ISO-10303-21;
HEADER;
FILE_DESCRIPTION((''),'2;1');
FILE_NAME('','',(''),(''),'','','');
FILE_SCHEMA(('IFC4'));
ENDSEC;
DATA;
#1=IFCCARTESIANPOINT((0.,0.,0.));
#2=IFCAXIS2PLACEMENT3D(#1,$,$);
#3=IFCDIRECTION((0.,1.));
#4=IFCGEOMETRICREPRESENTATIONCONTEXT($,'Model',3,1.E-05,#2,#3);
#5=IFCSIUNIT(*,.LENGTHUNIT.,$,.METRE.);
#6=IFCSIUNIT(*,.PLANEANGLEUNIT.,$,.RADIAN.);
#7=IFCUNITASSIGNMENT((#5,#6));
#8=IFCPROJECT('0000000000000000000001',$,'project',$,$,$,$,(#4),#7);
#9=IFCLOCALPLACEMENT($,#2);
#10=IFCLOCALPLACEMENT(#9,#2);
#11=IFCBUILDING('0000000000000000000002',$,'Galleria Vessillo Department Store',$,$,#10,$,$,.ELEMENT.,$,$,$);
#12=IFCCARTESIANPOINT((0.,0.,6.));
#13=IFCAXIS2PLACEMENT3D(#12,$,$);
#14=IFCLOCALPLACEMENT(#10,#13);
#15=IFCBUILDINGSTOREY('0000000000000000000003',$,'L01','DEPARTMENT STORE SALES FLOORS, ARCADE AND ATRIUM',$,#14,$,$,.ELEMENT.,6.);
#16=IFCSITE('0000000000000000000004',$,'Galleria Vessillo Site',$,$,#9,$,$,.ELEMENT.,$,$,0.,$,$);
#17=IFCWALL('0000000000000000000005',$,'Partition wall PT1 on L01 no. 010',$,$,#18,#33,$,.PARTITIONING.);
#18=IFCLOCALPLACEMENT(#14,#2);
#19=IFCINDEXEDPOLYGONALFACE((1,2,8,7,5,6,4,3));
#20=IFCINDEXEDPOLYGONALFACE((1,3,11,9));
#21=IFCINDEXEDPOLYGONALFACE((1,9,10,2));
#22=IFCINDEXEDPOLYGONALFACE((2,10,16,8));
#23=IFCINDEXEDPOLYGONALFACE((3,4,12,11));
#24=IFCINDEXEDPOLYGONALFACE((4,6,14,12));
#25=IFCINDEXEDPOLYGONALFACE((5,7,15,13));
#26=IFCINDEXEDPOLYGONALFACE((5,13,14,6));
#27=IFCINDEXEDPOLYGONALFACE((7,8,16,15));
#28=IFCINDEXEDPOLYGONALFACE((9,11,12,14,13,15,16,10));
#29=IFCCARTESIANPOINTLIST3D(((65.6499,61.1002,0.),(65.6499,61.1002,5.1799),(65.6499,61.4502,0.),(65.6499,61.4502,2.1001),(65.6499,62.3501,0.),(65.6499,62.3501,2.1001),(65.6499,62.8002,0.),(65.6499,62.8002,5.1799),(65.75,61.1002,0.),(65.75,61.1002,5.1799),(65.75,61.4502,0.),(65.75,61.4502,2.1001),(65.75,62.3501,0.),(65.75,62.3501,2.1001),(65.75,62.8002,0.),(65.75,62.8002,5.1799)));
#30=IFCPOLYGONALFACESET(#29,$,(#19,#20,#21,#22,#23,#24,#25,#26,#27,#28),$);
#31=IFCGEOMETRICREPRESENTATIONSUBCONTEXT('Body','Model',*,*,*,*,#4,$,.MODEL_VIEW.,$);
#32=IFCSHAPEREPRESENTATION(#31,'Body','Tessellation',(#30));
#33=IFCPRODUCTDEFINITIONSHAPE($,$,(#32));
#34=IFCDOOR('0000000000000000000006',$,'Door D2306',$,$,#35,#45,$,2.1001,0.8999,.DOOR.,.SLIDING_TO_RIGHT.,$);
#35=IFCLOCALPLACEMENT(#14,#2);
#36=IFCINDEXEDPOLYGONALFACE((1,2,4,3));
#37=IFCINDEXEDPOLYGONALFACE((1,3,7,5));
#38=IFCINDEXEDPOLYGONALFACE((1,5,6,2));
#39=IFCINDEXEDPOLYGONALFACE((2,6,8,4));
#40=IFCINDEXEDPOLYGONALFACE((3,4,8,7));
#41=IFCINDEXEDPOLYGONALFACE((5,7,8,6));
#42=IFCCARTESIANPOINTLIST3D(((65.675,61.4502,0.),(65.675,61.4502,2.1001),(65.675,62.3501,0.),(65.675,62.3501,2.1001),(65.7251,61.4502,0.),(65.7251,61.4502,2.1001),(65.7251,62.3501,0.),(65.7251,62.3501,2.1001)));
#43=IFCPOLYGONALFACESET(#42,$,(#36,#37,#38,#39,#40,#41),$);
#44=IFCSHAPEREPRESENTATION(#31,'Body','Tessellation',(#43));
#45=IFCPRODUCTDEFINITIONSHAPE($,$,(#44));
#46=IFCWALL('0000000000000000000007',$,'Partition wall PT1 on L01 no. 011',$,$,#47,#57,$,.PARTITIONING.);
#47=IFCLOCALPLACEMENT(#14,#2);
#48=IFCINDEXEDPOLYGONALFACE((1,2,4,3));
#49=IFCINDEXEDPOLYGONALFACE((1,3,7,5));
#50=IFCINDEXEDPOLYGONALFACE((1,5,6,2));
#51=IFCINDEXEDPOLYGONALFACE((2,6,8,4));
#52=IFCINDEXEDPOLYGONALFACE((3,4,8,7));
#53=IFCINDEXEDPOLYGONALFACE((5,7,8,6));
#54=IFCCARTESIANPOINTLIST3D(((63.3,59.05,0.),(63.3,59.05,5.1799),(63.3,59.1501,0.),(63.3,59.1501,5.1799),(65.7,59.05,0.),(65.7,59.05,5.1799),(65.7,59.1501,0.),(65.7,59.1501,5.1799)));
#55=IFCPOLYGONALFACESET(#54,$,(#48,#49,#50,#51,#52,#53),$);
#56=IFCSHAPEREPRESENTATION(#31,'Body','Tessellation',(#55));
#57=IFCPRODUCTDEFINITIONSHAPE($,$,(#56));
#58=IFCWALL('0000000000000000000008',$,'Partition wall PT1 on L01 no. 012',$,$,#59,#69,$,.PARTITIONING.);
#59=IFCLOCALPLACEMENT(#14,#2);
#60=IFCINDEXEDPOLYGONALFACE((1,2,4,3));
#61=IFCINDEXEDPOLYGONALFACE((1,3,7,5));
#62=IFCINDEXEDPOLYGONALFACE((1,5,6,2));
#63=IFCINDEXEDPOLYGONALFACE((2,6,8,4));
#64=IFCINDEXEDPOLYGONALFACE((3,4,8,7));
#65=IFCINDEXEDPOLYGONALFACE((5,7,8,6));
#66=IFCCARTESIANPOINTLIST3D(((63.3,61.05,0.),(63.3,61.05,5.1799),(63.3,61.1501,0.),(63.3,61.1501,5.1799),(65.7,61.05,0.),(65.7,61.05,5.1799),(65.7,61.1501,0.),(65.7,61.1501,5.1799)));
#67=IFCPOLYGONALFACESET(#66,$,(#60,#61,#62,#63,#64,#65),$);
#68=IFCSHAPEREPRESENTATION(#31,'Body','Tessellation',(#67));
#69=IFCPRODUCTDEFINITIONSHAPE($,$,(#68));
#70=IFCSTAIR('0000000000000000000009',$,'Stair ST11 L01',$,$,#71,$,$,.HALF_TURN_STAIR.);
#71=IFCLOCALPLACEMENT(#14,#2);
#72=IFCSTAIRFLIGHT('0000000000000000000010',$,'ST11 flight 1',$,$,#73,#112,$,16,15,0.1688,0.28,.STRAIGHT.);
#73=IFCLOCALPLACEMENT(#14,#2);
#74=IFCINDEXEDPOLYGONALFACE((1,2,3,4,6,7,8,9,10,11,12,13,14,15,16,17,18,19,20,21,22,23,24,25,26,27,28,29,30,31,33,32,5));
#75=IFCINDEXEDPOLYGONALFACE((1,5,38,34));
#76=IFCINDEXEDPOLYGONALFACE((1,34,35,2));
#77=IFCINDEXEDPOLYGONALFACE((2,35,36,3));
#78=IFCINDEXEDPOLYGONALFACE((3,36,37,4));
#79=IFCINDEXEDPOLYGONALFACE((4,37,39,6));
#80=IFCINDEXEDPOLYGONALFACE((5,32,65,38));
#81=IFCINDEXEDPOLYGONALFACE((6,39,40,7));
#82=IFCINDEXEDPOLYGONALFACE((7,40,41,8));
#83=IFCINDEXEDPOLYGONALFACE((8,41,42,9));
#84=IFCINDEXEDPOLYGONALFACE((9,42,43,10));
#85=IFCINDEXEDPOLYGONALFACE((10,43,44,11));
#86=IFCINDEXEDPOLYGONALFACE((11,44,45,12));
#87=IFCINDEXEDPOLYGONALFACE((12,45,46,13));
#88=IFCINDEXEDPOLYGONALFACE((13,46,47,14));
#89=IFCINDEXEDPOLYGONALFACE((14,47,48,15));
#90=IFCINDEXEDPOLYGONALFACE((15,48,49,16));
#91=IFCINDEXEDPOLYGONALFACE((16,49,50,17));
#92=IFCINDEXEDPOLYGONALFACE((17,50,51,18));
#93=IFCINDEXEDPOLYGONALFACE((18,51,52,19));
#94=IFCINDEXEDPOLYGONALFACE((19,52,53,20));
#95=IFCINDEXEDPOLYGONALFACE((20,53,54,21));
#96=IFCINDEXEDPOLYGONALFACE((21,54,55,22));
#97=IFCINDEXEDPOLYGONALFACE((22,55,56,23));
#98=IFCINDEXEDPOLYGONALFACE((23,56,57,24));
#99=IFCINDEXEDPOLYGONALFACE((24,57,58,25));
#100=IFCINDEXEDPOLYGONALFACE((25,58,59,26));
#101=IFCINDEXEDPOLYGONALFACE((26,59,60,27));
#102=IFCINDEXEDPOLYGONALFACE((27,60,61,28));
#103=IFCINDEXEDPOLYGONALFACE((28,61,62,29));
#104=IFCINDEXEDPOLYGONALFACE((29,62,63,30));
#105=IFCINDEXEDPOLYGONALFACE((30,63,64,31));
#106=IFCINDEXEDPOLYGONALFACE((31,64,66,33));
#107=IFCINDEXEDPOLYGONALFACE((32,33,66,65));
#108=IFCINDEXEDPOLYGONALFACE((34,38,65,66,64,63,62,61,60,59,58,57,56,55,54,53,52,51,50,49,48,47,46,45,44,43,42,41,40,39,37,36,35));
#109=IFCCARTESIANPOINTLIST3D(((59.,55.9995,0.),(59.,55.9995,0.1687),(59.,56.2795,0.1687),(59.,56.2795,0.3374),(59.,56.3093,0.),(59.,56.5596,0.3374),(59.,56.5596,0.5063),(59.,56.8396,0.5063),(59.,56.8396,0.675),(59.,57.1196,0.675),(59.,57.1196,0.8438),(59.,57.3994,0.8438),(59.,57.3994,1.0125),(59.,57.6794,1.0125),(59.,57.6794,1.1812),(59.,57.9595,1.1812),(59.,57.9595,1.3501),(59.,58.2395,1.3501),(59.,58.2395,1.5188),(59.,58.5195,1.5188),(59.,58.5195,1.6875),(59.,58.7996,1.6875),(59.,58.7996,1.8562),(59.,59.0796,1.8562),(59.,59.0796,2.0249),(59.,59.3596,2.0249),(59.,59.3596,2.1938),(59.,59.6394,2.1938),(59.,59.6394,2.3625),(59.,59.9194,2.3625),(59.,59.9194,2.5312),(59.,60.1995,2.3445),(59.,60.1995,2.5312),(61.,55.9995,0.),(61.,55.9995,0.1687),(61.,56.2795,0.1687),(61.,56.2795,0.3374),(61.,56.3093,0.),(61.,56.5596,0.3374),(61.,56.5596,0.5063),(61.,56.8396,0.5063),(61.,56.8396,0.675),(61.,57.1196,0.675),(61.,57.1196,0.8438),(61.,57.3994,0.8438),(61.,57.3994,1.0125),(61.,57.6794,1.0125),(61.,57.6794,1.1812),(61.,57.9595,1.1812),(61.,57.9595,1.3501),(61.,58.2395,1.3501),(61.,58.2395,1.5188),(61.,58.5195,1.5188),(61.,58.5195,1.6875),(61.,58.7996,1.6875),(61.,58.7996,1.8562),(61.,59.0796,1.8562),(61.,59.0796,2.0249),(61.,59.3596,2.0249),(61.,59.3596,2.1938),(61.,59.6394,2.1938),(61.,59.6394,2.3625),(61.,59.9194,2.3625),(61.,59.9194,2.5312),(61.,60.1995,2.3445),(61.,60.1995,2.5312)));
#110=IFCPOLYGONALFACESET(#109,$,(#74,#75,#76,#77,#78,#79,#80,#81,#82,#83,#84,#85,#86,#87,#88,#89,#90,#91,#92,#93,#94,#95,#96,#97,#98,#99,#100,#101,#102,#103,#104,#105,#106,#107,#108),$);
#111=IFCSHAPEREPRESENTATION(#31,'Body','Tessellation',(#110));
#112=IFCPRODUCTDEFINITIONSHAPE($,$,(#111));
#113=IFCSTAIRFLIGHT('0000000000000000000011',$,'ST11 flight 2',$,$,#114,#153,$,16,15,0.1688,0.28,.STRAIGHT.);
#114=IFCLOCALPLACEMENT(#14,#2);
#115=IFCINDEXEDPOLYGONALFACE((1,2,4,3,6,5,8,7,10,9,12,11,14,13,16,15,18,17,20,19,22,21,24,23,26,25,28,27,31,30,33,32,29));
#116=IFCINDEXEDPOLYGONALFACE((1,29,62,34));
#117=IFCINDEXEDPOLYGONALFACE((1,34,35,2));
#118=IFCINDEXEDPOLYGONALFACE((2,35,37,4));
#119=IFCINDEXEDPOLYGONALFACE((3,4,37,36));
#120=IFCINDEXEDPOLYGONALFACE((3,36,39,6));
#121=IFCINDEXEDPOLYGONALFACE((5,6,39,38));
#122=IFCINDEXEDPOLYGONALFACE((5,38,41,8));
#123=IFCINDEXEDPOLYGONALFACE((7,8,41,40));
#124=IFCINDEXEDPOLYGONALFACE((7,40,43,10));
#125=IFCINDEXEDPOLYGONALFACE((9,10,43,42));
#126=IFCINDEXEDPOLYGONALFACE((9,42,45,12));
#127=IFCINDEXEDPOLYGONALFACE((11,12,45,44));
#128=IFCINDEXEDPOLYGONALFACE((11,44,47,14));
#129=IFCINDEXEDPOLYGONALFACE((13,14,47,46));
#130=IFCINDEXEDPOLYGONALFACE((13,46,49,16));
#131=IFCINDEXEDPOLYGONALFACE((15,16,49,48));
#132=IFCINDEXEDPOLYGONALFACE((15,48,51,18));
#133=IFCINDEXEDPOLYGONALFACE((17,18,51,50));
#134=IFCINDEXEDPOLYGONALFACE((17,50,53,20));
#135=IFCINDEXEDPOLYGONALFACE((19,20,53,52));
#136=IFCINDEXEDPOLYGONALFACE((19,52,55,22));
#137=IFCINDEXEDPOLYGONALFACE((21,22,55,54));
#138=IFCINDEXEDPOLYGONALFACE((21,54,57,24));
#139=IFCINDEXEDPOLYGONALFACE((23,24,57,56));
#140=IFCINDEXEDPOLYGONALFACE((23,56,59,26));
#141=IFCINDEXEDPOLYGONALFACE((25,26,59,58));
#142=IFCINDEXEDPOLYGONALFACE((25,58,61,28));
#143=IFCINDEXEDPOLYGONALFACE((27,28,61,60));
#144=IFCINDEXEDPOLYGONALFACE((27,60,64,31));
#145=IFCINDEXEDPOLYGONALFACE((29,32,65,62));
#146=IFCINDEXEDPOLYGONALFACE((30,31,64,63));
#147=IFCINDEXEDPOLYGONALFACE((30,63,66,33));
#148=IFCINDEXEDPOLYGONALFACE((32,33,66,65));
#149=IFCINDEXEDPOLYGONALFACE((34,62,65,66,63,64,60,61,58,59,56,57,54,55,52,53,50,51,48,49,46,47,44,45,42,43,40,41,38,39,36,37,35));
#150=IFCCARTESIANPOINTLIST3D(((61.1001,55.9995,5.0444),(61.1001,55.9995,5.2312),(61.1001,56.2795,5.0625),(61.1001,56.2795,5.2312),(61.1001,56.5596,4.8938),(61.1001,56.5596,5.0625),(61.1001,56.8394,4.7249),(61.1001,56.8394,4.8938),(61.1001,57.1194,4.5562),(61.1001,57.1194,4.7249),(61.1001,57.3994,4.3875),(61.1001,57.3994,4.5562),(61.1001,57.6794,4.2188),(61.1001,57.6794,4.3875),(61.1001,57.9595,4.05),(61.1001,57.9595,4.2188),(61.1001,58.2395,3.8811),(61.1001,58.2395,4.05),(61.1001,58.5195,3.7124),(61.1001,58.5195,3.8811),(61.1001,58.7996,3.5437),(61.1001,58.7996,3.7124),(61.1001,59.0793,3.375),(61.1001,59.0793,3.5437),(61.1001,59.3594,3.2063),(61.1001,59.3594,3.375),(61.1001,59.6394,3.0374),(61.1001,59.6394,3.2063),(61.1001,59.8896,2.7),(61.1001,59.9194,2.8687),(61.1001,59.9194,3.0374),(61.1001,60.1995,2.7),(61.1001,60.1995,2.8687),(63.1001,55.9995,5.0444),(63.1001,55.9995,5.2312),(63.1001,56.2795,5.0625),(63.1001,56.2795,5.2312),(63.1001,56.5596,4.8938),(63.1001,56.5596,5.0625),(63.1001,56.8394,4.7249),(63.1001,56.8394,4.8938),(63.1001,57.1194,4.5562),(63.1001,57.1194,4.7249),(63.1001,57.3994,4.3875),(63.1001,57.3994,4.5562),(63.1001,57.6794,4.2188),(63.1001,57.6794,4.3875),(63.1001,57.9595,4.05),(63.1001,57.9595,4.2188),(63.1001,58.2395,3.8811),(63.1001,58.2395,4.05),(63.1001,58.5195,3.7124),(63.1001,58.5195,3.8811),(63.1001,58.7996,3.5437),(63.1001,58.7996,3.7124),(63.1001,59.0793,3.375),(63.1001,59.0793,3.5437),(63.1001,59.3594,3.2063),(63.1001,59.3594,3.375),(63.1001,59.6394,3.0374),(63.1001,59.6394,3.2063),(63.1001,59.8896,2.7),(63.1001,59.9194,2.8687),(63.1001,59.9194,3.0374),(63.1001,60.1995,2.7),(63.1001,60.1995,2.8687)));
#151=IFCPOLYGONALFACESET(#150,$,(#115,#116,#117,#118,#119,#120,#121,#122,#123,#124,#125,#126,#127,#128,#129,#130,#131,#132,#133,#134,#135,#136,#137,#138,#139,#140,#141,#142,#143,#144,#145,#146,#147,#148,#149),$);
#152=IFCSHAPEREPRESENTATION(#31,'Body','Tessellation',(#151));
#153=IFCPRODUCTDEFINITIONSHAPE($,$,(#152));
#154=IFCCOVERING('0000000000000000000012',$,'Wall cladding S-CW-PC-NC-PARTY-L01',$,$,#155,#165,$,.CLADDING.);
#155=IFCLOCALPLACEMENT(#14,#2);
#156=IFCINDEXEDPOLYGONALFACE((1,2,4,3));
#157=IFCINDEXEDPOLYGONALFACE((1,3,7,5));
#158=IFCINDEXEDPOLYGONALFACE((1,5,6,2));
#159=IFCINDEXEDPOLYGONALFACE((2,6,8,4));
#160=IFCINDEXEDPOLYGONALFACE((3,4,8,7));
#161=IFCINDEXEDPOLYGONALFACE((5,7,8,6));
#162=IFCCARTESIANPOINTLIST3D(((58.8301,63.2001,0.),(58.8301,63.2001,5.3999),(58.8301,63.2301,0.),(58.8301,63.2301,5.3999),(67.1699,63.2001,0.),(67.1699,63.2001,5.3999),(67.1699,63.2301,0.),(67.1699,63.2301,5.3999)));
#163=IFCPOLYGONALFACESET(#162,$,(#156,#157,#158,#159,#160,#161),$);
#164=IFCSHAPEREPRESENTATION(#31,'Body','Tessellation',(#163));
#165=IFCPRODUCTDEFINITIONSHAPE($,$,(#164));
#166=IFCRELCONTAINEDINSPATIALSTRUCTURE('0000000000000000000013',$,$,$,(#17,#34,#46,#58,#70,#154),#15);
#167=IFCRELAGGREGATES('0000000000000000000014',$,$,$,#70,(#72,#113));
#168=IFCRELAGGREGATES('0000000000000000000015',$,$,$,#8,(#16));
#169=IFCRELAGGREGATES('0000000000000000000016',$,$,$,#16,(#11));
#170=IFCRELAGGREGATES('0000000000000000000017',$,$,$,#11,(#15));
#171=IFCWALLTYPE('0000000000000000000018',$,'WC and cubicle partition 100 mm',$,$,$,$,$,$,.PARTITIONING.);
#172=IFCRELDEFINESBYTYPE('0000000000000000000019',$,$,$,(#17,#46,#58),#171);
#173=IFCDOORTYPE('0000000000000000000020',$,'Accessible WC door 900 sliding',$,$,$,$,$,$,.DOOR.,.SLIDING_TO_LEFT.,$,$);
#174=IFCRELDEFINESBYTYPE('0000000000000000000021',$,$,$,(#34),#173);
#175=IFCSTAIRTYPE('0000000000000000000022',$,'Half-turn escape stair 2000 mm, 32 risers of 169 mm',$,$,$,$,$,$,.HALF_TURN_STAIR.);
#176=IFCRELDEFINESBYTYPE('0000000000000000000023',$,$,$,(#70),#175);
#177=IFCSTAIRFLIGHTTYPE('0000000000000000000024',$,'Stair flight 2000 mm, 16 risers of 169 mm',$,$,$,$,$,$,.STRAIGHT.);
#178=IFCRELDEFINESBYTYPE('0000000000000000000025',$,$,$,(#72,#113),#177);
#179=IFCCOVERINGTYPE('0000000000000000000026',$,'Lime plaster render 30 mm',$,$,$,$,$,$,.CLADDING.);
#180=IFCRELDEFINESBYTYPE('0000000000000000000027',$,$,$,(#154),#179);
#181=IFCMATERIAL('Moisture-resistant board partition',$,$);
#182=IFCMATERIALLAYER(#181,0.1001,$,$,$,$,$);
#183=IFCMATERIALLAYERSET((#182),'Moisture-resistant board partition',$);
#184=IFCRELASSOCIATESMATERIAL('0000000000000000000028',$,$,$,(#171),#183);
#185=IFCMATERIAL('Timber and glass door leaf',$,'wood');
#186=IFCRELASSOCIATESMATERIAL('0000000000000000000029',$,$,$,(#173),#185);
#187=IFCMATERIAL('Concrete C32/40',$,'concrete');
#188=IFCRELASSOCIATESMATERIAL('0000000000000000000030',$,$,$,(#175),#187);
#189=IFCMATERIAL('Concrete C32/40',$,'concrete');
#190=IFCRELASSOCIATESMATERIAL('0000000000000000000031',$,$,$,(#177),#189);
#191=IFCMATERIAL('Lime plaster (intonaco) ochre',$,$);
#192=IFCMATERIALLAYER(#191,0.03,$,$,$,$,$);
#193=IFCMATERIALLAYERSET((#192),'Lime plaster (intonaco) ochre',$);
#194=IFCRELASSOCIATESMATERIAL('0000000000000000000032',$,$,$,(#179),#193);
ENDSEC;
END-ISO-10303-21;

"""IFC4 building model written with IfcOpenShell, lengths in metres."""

from ifc_helpers import new_model, si_unit, direction, frame, frame_2d, origin, origin_2d, place, context, subcontext, project, spatial, polyline, rectangle, outline, extrude, material, layer, layer_set, type_object, element, fill, aggregate, save


model = new_model("IFC4")

# Units and contexts
model_context = context("Model", 3, precision=1e-05, world=origin(), true_north=direction((0.0, 1.0)))
body_context = subcontext(model_context, "Body", "Model", "MODEL_VIEW")
ifc_project = project(units=[si_unit("LENGTHUNIT", "METRE"), si_unit("PLANEANGLEUNIT", "RADIAN")], contexts=[model_context])

# Site, building, storey
site_placement = place(None, origin())
site = spatial("IfcSite", under=ifc_project, at=site_placement, Name="Galleria Vessillo Site", CompositionType="ELEMENT", RefElevation=0.0)
building_placement = place(site_placement, origin())
building = spatial("IfcBuilding", under=site, at=building_placement, Name="Galleria Vessillo Department Store", CompositionType="ELEMENT")
storey_placement = place(building_placement, frame((0.0, 0.0, 6.0)))
storey = spatial("IfcBuildingStorey", under=building, at=storey_placement, Name="L01", Description="DEPARTMENT STORE SALES FLOORS, ARCADE AND ATRIUM", CompositionType="ELEMENT", Elevation=6.0)

# Shared definitions
ifc_material_1 = material(Name="Moisture-resistant board partition")
ifc_layer_1 = layer(ifc_material_1, 0.1001)
ifc_layer_set_1 = layer_set([ifc_layer_1], Name="Moisture-resistant board partition")
wall_type_1 = type_object("IfcWallType", Name="WC and cubicle partition 100 mm", PredefinedType="PARTITIONING", material=ifc_layer_set_1)

# Wall, opening, door
wall_1_placement = place(storey_placement, frame((65.7, 61.1001, 0.0), z_axis=(0.0, 0.0, 1.0), x_axis=(0.0, 1.0, 0.0)))
wall_1 = element("IfcWall", 1, at=wall_1_placement, inside=storey, type_object=wall_type_1, Name="Partition wall PT1 on L01 no. 010", PredefinedType="PARTITIONING", context=body_context, shape_type="SweptSolid", body=[
    extrude(rectangle(XDim=1.7, YDim=0.1001, at=frame_2d((0.8501, 0.0))), origin(), (0.0, 0.0, 1.0), 5.1799),
])
opening_1_placement = place(wall_1_placement, frame((0.3501, 0.0, 0.0)))
opening_1 = element("IfcOpeningElement", 2, at=opening_1_placement, cuts=wall_1, PredefinedType="OPENING", context=body_context, shape_type="SweptSolid", body=[
    extrude(rectangle(XDim=0.8999, YDim=2.1001, at=frame_2d((0.45, 1.05))), frame((0.0, 0.0601, 0.0), z_axis=(0.0, -1.0, 0.0), x_axis=(1.0, 0.0, 0.0)), (0.0, 0.0, 1.0), 0.1201),
])
ifc_material_2 = material(Name="Timber and glass door leaf", Category="wood")
door_type_1 = type_object("IfcDoorType", Name="Accessible WC door 900 sliding", OperationType="SLIDING_TO_LEFT", PredefinedType="DOOR", material=ifc_material_2)
door_1_placement = place(opening_1_placement, origin())
door_1 = element("IfcDoor", 3, at=door_1_placement, inside=storey, type_object=door_type_1, Name="Door D2306", OperationType="SLIDING_TO_RIGHT", OverallHeight=2.1001, OverallWidth=0.8999, PredefinedType="DOOR", context=body_context, shape_type="SweptSolid", body=[
    extrude(rectangle(XDim=0.8999, YDim=2.1001, at=frame_2d((0.45, 1.05))), frame((0.0, 0.0249, 0.0), z_axis=(0.0, -1.0, 0.0), x_axis=(1.0, 0.0, 0.0)), (0.0, 0.0, 1.0), 0.05),
])
fill(opening_1, door_1)

# Walls
for number, where, z_axis, x_axis, name in (
    (4, (63.3, 59.1001, 0.0), (0.0, 0.0, 1.0), (1.0, 0.0, 0.0), "Partition wall PT1 on L01 no. 011"),
    (5, (63.3, 61.1001, 0.0), (0.0, 0.0, 1.0), (1.0, 0.0, 0.0), "Partition wall PT1 on L01 no. 012"),
):
    element("IfcWall", number, at=place(storey_placement, frame(where, z_axis=z_axis, x_axis=x_axis)), inside=storey, type_object=wall_type_1, Name=name, PredefinedType="PARTITIONING", context=body_context, shape_type="SweptSolid", body=[
        extrude(rectangle(XDim=2.3999, YDim=0.1001, at=frame_2d((1.2, 0.0))), origin(), (0.0, 0.0, 1.0), 5.1799),
    ])

# Stair, stair flights
ifc_material_3 = material(Name="Concrete C32/40", Category="concrete")
stair_type = type_object("IfcStairType", Name="Half-turn escape stair 2000 mm, 32 risers of 169 mm", PredefinedType="HALF_TURN_STAIR", material=ifc_material_3)
stair_placement = place(storey_placement, origin())
stair = element("IfcStair", 6, at=stair_placement, inside=storey, type_object=stair_type, Name="Stair ST11 L01", PredefinedType="HALF_TURN_STAIR")
ifc_material_4 = material(Name="Concrete C32/40", Category="concrete")
stair_flight_type = type_object("IfcStairFlightType", Name="Stair flight 2000 mm, 16 risers of 169 mm", PredefinedType="STRAIGHT", material=ifc_material_4)
stair_flight_1_placement = place(storey_placement, frame((60.0, 55.9995, 0.0), z_axis=(0.0, 0.0, 1.0), x_axis=(0.0, 1.0, 0.0)))
stair_flight_1 = element("IfcStairFlight", 7, at=stair_flight_1_placement, type_object=stair_flight_type, Name="ST11 flight 1", NumberOfRisers=16, NumberOfTreads=15, PredefinedType="STRAIGHT", RiserHeight=0.1688, TreadLength=0.28, context=body_context, shape_type="SweptSolid", body=[
    extrude(outline(polyline([(0.0, 0.0), (0.0, 0.1687), (0.28, 0.1687), (0.28, 0.3374), (0.5601, 0.3374), (0.5601, 0.5063), (0.8401, 0.5063), (0.8401, 0.675), (1.1201, 0.675), (1.1201, 0.8438), (1.3999, 0.8438), (1.3999, 1.0125), (1.6799, 1.0125), (1.6799, 1.1812), (1.96, 1.1812), (1.96, 1.3501), (2.24, 1.3501), (2.24, 1.5188), (2.52, 1.5188), (2.52, 1.6875), (2.8, 1.6875), (2.8, 1.8562), (3.0801, 1.8562), (3.0801, 2.0249), (3.3601, 2.0249), (3.3601, 2.1938), (3.6399, 2.1938), (3.6399, 2.3625), (3.9199, 2.3625), (3.9199, 2.5312), (4.2, 2.5312), (4.2, 2.7), (4.2, 2.3445), (0.3098, 0.0), (0.0, 0.0)])), frame((0.0, 1.0, 0.0), z_axis=(0.0, -1.0, 0.0), x_axis=(1.0, 0.0, 0.0)), (0.0, 0.0, 1.0), 2.0),
])
stair_flight_2_placement = place(storey_placement, frame((62.1001, 60.1995, 2.7), z_axis=(0.0, 0.0, 1.0), x_axis=(0.0, -1.0, 0.0)))
stair_flight_2 = element("IfcStairFlight", 8, at=stair_flight_2_placement, type_object=stair_flight_type, Name="ST11 flight 2", NumberOfRisers=16, NumberOfTreads=15, PredefinedType="STRAIGHT", RiserHeight=0.1688, TreadLength=0.28, context=body_context, shape_type="SweptSolid", body=[
    extrude(outline(polyline([(0.0, 0.0), (0.0, 0.1687), (0.28, 0.1687), (0.28, 0.3374), (0.5601, 0.3374), (0.5601, 0.5063), (0.8401, 0.5063), (0.8401, 0.675), (1.1201, 0.675), (1.1201, 0.8438), (1.3999, 0.8438), (1.3999, 1.0125), (1.6799, 1.0125), (1.6799, 1.1812), (1.96, 1.1812), (1.96, 1.3501), (2.24, 1.3501), (2.24, 1.5188), (2.52, 1.5188), (2.52, 1.6875), (2.8, 1.6875), (2.8, 1.8562), (3.0801, 1.8562), (3.0801, 2.0249), (3.3601, 2.0249), (3.3601, 2.1938), (3.6399, 2.1938), (3.6399, 2.3625), (3.9199, 2.3625), (3.9199, 2.5312), (4.2, 2.5312), (4.2, 2.7), (4.2, 2.3445), (0.3098, 0.0), (0.0, 0.0)])), frame((0.0, 1.0, 0.0), z_axis=(0.0, -1.0, 0.0), x_axis=(1.0, 0.0, 0.0)), (0.0, 0.0, 1.0), 2.0),
])
aggregate(stair, [stair_flight_1, stair_flight_2])

# Covering
ifc_material_5 = material(Name="Lime plaster (intonaco) ochre")
ifc_layer_2 = layer(ifc_material_5, 0.03)
ifc_layer_set_2 = layer_set([ifc_layer_2], Name="Lime plaster (intonaco) ochre")
covering_type = type_object("IfcCoveringType", Name="Lime plaster render 30 mm", PredefinedType="CLADDING", material=ifc_layer_set_2)
covering_placement = place(storey_placement, frame((63.0, 63.2151, 0.0), z_axis=(0.0, 0.0, 1.0), x_axis=(1.0, 0.0, 0.0)))
element("IfcCovering", 9, at=covering_placement, inside=storey, type_object=covering_type, Name="Wall cladding S-CW-PC-NC-PARTY-L01", PredefinedType="CLADDING", context=body_context, shape_type="SweptSolid", body=[
    extrude(rectangle(XDim=8.3398, YDim=0.03, at=origin_2d()), origin(), (0.0, 0.0, 1.0), 5.3999),
])

save(model, "model.ifc")
